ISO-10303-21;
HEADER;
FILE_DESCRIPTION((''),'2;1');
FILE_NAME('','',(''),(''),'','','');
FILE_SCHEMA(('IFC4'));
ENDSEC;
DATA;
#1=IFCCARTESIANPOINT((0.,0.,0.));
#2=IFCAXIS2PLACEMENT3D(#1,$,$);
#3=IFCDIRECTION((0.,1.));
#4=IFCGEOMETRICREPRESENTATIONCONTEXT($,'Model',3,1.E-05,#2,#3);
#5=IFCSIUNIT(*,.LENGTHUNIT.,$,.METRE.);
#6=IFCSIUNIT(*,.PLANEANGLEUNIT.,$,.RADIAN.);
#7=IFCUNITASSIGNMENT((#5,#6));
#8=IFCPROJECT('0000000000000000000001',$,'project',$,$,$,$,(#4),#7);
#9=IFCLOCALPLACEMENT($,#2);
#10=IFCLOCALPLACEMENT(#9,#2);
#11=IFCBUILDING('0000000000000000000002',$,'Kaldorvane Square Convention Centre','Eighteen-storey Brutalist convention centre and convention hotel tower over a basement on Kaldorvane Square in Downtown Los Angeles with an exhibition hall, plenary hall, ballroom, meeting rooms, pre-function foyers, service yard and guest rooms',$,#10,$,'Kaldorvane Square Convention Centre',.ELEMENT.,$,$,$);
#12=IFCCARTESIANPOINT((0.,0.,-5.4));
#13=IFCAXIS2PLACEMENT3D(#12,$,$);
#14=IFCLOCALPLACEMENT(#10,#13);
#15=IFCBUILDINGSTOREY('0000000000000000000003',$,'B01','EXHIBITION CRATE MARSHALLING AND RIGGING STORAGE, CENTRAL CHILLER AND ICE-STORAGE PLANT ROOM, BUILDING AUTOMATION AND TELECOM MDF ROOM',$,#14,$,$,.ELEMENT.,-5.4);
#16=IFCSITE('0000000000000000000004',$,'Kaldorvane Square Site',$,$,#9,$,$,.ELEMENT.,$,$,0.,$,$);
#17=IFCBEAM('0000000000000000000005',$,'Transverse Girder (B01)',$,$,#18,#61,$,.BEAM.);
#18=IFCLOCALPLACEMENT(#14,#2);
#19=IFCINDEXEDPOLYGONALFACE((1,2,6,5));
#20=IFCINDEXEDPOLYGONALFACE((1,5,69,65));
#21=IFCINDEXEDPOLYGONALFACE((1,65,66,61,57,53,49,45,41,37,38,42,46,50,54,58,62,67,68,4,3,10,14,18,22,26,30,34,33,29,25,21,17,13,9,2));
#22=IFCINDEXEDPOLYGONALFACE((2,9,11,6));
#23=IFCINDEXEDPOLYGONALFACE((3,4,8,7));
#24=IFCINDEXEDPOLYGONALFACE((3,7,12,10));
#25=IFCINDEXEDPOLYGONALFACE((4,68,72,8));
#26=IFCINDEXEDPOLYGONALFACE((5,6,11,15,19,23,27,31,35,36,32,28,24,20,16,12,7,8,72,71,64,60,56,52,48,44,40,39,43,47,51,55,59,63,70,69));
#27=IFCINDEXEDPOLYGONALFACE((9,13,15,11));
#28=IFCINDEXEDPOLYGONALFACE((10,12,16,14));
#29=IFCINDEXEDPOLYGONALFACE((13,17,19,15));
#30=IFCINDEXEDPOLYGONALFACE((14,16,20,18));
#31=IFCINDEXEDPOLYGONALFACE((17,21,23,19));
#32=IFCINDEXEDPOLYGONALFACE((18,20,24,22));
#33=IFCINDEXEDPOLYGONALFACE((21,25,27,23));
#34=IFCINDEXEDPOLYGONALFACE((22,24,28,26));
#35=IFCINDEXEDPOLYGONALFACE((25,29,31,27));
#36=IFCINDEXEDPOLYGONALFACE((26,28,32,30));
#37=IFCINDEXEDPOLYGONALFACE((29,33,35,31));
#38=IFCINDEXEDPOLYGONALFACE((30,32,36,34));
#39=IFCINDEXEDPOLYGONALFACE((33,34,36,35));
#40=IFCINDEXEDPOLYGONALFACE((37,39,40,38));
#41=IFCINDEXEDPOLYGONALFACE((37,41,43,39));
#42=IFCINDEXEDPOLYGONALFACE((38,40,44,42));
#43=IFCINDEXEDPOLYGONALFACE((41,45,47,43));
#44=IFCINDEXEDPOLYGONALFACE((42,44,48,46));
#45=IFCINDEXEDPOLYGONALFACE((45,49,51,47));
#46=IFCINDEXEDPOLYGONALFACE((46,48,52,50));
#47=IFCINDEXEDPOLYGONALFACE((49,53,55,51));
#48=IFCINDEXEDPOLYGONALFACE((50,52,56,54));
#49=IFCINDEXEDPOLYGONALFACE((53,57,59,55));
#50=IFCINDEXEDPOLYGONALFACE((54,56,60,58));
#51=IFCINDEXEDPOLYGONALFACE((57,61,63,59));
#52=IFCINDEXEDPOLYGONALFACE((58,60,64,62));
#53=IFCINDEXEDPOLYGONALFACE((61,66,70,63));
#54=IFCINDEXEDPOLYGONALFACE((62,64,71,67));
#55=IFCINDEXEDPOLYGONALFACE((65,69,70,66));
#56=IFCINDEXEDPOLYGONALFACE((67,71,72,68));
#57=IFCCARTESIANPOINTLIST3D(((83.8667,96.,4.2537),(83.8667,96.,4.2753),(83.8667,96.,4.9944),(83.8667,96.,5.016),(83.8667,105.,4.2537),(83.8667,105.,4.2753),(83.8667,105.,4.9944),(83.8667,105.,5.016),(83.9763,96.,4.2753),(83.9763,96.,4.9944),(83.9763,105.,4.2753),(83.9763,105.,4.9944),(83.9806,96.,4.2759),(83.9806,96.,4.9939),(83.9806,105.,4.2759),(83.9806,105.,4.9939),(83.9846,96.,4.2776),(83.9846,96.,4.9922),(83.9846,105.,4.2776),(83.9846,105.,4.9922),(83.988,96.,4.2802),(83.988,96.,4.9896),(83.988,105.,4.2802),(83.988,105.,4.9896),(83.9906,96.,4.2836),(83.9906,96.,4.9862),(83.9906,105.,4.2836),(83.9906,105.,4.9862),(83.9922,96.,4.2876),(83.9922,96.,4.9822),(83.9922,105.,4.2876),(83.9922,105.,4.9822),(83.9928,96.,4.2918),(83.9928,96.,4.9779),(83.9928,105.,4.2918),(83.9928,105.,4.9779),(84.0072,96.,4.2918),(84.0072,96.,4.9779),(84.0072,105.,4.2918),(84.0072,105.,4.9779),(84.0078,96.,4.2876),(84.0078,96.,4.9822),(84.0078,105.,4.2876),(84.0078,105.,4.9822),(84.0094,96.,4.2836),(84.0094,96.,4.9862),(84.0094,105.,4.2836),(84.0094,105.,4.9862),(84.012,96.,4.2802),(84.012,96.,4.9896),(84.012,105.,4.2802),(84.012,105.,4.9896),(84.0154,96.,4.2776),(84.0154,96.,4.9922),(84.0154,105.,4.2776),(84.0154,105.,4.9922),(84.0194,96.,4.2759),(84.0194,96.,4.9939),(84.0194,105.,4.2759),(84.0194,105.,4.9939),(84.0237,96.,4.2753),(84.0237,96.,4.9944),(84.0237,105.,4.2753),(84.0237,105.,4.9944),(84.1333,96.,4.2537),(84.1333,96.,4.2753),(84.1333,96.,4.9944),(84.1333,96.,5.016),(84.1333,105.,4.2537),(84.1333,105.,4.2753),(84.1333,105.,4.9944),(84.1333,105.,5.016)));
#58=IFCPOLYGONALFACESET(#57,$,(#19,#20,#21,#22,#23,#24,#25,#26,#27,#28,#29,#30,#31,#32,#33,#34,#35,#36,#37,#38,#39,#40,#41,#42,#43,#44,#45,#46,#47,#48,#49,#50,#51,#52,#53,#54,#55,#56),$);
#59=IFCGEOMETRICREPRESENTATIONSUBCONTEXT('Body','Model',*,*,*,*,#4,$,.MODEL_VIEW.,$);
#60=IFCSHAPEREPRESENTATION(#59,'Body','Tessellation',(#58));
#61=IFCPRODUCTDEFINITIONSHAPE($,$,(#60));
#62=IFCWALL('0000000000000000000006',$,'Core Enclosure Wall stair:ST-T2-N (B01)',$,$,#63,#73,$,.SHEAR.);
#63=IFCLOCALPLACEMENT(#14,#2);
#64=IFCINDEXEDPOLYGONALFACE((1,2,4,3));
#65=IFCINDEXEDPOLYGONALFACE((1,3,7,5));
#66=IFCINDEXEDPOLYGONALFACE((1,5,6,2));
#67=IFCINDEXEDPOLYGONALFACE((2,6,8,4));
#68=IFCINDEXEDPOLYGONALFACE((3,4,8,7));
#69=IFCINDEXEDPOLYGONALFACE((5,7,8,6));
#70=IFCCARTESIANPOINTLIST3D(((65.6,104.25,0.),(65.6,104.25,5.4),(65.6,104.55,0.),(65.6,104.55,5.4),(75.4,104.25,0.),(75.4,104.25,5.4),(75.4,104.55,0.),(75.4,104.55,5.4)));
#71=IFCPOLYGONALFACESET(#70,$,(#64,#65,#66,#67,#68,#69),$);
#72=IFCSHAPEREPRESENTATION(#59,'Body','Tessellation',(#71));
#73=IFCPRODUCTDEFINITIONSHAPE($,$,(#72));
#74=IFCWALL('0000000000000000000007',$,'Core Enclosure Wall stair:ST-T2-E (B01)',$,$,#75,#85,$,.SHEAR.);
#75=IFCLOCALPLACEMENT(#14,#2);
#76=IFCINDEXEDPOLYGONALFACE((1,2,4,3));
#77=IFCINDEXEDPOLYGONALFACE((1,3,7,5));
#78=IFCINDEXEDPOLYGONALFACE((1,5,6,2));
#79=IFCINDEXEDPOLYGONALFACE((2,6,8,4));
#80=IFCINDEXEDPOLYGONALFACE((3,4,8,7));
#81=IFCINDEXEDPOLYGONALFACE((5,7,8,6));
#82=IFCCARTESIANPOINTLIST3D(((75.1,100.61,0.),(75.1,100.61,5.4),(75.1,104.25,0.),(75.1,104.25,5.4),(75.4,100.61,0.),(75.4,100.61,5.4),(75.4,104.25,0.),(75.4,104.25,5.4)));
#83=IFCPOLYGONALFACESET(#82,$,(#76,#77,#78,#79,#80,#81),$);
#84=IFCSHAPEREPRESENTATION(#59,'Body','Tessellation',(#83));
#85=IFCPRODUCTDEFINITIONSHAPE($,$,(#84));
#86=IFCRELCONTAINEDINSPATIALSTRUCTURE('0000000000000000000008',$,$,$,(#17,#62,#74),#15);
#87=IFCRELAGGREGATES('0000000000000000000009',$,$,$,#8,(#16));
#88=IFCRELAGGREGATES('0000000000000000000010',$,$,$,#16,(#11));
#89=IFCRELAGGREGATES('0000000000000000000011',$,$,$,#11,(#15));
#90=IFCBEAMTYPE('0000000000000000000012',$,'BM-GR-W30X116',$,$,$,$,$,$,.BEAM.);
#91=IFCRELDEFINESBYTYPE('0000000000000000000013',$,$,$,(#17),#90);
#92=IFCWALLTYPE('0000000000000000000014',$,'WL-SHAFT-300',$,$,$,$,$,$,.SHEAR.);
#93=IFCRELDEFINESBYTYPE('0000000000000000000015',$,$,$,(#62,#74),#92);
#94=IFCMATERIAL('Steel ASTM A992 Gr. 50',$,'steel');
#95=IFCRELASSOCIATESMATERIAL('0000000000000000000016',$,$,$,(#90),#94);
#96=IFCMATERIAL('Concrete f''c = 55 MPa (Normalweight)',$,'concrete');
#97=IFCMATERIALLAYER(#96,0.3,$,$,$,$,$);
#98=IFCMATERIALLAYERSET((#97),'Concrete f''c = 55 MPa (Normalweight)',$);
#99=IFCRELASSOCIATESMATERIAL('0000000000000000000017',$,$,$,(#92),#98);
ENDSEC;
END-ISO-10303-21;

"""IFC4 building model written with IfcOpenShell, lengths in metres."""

from ifc_helpers import new_model, si_unit, direction, frame, frame_2d, origin, origin_2d, place, context, subcontext, project, spatial, rectangle, i_section, extrude, material, layer, layer_set, material_profile, profile_set, type_object, element, save


model = new_model("IFC4")

# Units and contexts
model_context = context("Model", 3, precision=1e-05, world=origin(), true_north=direction((0.0, 1.0)))
body_context = subcontext(model_context, "Body", "Model", "MODEL_VIEW")
ifc_project = project(units=[si_unit("LENGTHUNIT", "METRE"), si_unit("PLANEANGLEUNIT", "RADIAN")], contexts=[model_context])

# Site, building, storey
site_placement = place(None, origin())
site = spatial("IfcSite", under=ifc_project, at=site_placement, Name="Kaldorvane Square Site", CompositionType="ELEMENT", RefElevation=0.0)
building_placement = place(site_placement, origin())
building = spatial("IfcBuilding", under=site, at=building_placement, Name="Kaldorvane Square Convention Centre", Description="Eighteen-storey Brutalist convention centre and convention hotel tower over a basement on Kaldorvane Square in Downtown Los Angeles with an exhibition hall, plenary hall, ballroom, meeting rooms, pre-function foyers, service yard and guest rooms", LongName="Kaldorvane Square Convention Centre", CompositionType="ELEMENT")
storey_placement = place(building_placement, frame((0.0, 0.0, -5.4)))
storey = spatial("IfcBuildingStorey", under=building, at=storey_placement, Name="B01", Description="EXHIBITION CRATE MARSHALLING AND RIGGING STORAGE, CENTRAL CHILLER AND ICE-STORAGE PLANT ROOM, BUILDING AUTOMATION AND TELECOM MDF ROOM", CompositionType="ELEMENT", Elevation=-5.4)

# Shared definitions
ifc_material_1 = material(Name="Steel ASTM A992 Gr. 50", Category="steel")

# Beam
ifc_material_profile_1 = material_profile(ifc_material_1, i_section(OverallWidth=0.2666, OverallDepth=0.7623, WebThickness=0.0144, FlangeThickness=0.0216, FilletRadius=0.0165, at=origin_2d()), Name="W30X116")
ifc_profile_set_1 = profile_set([ifc_material_profile_1], Name="Steel ASTM A992 Gr. 50")
beam_type_1 = type_object("IfcBeamType", Name="BM-GR-W30X116", PredefinedType="BEAM", material=ifc_profile_set_1)
for number, where, z_axis, x_axis, name in (
    (1, (84.0, 96.0, 4.6349), (0.0, 1.0, 0.0), (-1.0, 0.0, 0.0), "Transverse Girder (B01)"),
):
    element("IfcBeam", number, at=place(storey_placement, frame(where, z_axis=z_axis, x_axis=x_axis)), inside=storey, type_object=beam_type_1, Name=name, PredefinedType="BEAM", context=body_context, shape_type="SweptSolid", body=[
        extrude(i_section(OverallWidth=0.2666, OverallDepth=0.7623, WebThickness=0.0144, FlangeThickness=0.0216, FilletRadius=0.0165, at=origin_2d()), origin(), (0.0, 0.0, 1.0), 9.0),
    ])

# Walls
ifc_material_2 = material(Name="Concrete f'c = 55 MPa (Normalweight)", Category="concrete")
ifc_layer = layer(ifc_material_2, 0.3)
ifc_layer_set = layer_set([ifc_layer], Name="Concrete f'c = 55 MPa (Normalweight)")
wall_type = type_object("IfcWallType", Name="WL-SHAFT-300", PredefinedType="SHEAR", material=ifc_layer_set)
wall_1_placement = place(storey_placement, frame((75.4, 104.4, 0.0), z_axis=(0.0, 0.0, 1.0), x_axis=(-1.0, 0.0, 0.0)))
element("IfcWall", 2, at=wall_1_placement, inside=storey, type_object=wall_type, Name="Core Enclosure Wall stair:ST-T2-N (B01)", PredefinedType="SHEAR", context=body_context, shape_type="SweptSolid", body=[
    extrude(rectangle(XDim=9.8, YDim=0.3, at=frame_2d((4.9, 0.0))), origin(), (0.0, 0.0, 1.0), 5.4),
])
wall_2_placement = place(storey_placement, frame((75.25, 100.61, 0.0), z_axis=(0.0, 0.0, 1.0), x_axis=(0.0, 1.0, 0.0)))
element("IfcWall", 3, at=wall_2_placement, inside=storey, type_object=wall_type, Name="Core Enclosure Wall stair:ST-T2-E (B01)", PredefinedType="SHEAR", context=body_context, shape_type="SweptSolid", body=[
    extrude(rectangle(XDim=3.64, YDim=0.3, at=frame_2d((1.82, 0.0))), origin(), (0.0, 0.0, 1.0), 5.4),
])

save(model, "model.ifc")
